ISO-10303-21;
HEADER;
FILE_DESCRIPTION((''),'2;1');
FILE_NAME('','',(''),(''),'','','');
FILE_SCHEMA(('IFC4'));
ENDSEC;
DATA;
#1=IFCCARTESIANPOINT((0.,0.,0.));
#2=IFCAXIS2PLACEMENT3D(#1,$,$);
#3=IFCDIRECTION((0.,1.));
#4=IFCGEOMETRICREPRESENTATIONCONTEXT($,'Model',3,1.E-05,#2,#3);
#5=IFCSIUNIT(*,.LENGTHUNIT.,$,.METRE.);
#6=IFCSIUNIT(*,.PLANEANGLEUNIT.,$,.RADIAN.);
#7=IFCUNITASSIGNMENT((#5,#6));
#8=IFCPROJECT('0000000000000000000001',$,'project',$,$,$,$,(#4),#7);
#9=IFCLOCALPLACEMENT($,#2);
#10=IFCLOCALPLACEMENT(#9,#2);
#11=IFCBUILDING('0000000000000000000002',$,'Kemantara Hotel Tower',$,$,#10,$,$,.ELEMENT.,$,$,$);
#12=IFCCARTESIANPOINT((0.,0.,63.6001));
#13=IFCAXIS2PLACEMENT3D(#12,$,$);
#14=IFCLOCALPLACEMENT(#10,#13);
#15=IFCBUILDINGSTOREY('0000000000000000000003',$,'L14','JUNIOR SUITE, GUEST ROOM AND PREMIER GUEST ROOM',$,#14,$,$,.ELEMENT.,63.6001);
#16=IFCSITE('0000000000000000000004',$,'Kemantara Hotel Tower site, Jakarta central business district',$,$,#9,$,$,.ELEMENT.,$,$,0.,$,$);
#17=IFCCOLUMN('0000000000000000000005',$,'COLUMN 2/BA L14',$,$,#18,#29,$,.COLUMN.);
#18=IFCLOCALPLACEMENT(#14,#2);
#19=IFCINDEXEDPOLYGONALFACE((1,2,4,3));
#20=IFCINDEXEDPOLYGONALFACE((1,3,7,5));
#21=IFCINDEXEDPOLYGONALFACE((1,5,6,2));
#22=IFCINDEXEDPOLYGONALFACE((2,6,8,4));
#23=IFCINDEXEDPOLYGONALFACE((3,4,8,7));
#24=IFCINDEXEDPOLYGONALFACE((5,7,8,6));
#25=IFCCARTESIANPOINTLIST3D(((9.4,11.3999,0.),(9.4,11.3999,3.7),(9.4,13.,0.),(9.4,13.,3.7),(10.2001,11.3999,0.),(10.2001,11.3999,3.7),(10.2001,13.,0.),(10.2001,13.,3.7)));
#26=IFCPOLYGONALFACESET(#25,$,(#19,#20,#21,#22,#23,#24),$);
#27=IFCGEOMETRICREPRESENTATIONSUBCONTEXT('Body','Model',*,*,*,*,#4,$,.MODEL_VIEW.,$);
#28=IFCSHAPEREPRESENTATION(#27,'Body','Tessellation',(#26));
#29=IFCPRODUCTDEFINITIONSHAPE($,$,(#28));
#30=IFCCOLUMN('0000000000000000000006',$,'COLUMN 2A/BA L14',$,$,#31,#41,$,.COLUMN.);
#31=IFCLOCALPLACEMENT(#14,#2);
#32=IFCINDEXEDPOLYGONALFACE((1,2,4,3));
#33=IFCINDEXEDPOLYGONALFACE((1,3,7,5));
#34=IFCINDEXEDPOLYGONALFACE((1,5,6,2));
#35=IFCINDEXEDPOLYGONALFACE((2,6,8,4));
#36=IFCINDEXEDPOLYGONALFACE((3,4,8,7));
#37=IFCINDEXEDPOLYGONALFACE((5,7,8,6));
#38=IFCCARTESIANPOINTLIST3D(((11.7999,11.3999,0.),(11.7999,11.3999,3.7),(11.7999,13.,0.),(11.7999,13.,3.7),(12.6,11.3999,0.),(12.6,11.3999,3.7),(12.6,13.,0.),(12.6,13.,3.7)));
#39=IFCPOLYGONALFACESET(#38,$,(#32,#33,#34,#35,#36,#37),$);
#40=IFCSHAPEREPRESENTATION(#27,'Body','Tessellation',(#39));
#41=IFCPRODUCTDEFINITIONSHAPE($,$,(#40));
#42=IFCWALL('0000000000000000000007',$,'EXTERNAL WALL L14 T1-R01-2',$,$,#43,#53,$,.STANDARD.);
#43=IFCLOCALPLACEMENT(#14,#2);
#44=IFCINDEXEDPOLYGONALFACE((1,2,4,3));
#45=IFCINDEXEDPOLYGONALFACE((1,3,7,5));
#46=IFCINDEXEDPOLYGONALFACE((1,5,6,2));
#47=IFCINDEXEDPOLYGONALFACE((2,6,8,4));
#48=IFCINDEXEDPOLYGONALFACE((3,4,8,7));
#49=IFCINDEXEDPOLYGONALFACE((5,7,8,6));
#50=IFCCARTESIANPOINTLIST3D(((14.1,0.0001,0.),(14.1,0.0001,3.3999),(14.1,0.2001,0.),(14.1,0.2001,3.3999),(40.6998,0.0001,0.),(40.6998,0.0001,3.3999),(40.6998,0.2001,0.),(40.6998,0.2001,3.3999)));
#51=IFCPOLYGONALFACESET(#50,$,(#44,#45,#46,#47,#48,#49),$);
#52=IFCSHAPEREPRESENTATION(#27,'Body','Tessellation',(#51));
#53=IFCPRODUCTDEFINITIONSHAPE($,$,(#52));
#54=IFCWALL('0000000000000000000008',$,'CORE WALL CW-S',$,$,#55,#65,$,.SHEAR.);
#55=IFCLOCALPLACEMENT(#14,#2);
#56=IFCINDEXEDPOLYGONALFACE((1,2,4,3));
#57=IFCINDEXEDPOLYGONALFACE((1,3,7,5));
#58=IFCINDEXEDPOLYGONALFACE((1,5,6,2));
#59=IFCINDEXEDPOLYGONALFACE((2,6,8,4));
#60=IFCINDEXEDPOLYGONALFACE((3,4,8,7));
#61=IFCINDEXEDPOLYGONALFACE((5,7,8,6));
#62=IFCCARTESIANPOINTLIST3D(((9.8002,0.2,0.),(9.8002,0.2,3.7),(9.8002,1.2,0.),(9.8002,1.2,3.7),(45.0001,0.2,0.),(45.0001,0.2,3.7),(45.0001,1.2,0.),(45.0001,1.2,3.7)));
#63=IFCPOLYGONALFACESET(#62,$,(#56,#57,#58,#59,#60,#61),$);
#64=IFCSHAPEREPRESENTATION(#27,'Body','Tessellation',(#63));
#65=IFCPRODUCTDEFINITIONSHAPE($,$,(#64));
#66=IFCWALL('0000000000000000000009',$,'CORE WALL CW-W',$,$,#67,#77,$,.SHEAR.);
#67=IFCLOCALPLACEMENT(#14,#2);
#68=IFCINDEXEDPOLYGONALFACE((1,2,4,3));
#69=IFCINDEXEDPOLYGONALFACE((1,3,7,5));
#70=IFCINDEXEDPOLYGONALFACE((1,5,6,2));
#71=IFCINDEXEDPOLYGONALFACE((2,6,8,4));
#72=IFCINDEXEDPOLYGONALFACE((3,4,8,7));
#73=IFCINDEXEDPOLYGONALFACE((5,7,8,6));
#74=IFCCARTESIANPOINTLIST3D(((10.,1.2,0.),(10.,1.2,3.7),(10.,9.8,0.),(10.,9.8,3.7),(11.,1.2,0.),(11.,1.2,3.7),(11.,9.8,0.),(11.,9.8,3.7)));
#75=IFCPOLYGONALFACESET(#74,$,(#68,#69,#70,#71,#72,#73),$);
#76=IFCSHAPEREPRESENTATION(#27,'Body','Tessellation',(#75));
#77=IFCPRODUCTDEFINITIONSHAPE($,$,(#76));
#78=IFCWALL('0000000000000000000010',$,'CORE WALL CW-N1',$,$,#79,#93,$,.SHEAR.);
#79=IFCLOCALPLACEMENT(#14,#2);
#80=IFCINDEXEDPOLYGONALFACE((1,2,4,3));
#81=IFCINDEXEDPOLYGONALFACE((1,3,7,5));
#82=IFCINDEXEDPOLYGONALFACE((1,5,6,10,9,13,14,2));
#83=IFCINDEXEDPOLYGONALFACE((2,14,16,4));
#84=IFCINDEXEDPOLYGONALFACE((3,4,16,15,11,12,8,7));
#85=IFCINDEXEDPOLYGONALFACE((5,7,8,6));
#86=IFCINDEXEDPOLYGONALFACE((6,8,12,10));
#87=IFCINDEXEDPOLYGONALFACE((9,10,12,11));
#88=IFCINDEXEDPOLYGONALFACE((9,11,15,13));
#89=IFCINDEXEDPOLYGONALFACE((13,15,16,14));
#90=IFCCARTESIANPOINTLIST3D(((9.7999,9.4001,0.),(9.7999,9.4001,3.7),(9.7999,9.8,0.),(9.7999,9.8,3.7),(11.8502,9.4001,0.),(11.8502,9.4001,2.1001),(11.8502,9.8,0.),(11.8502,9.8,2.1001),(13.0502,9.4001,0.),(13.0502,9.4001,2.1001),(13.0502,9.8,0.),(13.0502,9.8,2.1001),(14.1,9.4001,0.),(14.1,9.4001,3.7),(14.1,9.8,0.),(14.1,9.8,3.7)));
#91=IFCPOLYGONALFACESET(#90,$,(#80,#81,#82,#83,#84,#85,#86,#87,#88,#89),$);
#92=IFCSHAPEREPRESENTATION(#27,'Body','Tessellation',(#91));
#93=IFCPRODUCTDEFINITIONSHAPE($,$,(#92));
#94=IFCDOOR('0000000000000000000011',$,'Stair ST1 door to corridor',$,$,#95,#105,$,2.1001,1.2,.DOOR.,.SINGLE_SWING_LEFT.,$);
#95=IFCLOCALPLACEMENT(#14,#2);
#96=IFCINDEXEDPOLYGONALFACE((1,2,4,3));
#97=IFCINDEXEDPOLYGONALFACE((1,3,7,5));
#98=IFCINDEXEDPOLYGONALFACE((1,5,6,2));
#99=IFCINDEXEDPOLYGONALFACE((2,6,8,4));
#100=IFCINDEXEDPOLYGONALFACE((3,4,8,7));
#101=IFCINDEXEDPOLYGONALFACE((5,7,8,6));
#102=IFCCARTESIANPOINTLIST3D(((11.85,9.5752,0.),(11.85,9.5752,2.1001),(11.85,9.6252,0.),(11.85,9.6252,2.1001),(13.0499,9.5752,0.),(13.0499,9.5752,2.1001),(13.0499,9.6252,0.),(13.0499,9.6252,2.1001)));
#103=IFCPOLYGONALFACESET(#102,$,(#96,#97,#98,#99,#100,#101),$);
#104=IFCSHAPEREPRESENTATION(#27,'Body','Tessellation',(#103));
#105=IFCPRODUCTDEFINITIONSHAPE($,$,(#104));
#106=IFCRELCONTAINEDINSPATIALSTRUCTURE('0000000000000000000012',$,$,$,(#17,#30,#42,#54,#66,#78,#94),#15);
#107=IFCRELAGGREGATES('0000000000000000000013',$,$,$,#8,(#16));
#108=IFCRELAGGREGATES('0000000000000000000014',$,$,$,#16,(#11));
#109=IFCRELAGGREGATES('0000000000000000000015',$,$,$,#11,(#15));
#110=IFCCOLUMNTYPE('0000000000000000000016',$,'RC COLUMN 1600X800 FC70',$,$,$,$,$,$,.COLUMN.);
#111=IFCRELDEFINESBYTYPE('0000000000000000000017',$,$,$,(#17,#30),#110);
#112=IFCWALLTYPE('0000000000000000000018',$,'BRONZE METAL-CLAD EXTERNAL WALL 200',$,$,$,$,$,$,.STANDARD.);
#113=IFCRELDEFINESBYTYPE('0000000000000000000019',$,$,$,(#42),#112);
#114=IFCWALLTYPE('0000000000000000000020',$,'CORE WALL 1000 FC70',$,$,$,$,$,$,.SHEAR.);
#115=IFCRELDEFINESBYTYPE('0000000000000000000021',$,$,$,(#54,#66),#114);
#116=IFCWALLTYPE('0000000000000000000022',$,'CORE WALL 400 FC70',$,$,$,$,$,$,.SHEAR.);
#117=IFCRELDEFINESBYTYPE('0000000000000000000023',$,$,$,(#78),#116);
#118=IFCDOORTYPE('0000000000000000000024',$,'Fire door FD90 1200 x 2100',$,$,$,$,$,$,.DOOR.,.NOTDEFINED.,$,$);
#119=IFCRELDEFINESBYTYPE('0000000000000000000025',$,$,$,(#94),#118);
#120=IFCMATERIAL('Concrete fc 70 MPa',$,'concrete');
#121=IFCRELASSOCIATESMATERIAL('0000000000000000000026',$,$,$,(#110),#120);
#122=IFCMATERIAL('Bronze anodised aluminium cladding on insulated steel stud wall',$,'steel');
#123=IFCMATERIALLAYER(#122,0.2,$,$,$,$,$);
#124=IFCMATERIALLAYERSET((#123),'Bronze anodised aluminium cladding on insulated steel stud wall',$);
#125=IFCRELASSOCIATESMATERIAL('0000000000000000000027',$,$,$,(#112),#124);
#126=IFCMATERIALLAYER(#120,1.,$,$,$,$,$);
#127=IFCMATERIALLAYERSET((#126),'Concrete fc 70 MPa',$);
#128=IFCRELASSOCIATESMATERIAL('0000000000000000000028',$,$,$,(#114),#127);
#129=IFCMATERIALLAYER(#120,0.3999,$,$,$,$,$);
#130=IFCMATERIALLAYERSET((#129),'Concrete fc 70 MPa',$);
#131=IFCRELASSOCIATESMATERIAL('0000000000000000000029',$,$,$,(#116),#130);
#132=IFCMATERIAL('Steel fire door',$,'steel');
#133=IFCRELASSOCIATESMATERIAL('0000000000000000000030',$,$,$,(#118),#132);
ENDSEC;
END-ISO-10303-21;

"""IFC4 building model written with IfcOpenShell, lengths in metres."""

from ifc_helpers import new_model, si_unit, direction, frame, frame_2d, origin, origin_2d, place, context, subcontext, project, spatial, rectangle, extrude, material, layer, layer_set, material_profile, profile_set, type_object, element, fill, save


model = new_model("IFC4")

# Units and contexts
model_context = context("Model", 3, precision=1e-05, world=origin(), true_north=direction((0.0, 1.0)))
body_context = subcontext(model_context, "Body", "Model", "MODEL_VIEW")
ifc_project = project(units=[si_unit("LENGTHUNIT", "METRE"), si_unit("PLANEANGLEUNIT", "RADIAN")], contexts=[model_context])

# Site, building, storey
site_placement = place(None, origin())
site = spatial("IfcSite", under=ifc_project, at=site_placement, Name="Kemantara Hotel Tower site, Jakarta central business district", CompositionType="ELEMENT", RefElevation=0.0)
building_placement = place(site_placement, origin())
building = spatial("IfcBuilding", under=site, at=building_placement, Name="Kemantara Hotel Tower", CompositionType="ELEMENT")
storey_placement = place(building_placement, frame((0.0, 0.0, 63.6001)))
storey = spatial("IfcBuildingStorey", under=building, at=storey_placement, Name="L14", Description="JUNIOR SUITE, GUEST ROOM AND PREMIER GUEST ROOM", CompositionType="ELEMENT", Elevation=63.6001)

# Columns
ifc_material_1 = material(Name="Concrete fc 70 MPa", Category="concrete")
ifc_material_profile = material_profile(ifc_material_1, rectangle(XDim=1.6001, YDim=0.8, at=origin_2d()), Name="RC 1600X800")
ifc_profile_set = profile_set([ifc_material_profile], Name="Concrete fc 70 MPa")
column_type = type_object("IfcColumnType", Name="RC COLUMN 1600X800 FC70", PredefinedType="COLUMN", material=ifc_profile_set)
for number, where, z_axis, x_axis, name in (
    (1, (9.8, 12.2, 0.0), (0.0, 0.0, 1.0), (0.0, 1.0, 0.0), "COLUMN 2/BA L14"),
    (2, (12.2, 12.2, 0.0), (0.0, 0.0, 1.0), (0.0, 1.0, 0.0), "COLUMN 2A/BA L14"),
):
    element("IfcColumn", number, at=place(storey_placement, frame(where, z_axis=z_axis, x_axis=x_axis)), inside=storey, type_object=column_type, Name=name, PredefinedType="COLUMN", context=body_context, shape_type="SweptSolid", body=[
        extrude(rectangle(XDim=1.6001, YDim=0.8, at=origin_2d()), origin(), (0.0, 0.0, 1.0), 3.7),
    ])

# Walls
ifc_material_2 = material(Name="Bronze anodised aluminium cladding on insulated steel stud wall", Category="steel")
ifc_layer_1 = layer(ifc_material_2, 0.2)
ifc_layer_set_1 = layer_set([ifc_layer_1], Name="Bronze anodised aluminium cladding on insulated steel stud wall")
wall_type_1 = type_object("IfcWallType", Name="BRONZE METAL-CLAD EXTERNAL WALL 200", PredefinedType="STANDARD", material=ifc_layer_set_1)
wall_1_placement = place(storey_placement, frame((14.1001, 0.1001, 0.0), z_axis=(0.0, 0.0, 1.0), x_axis=(1.0, 0.0, 0.0)))
element("IfcWall", 3, at=wall_1_placement, inside=storey, type_object=wall_type_1, Name="EXTERNAL WALL L14 T1-R01-2", PredefinedType="STANDARD", context=body_context, shape_type="SweptSolid", body=[
    extrude(rectangle(XDim=26.5999, YDim=0.2, at=frame_2d((13.2998, 0.0))), origin(), (0.0, 0.0, 1.0), 3.3999),
])
ifc_layer_2 = layer(ifc_material_1, 1.0)
ifc_layer_set_2 = layer_set([ifc_layer_2], Name="Concrete fc 70 MPa")
wall_type_2 = type_object("IfcWallType", Name="CORE WALL 1000 FC70", PredefinedType="SHEAR", material=ifc_layer_set_2)
wall_2_placement = place(storey_placement, frame((9.8, 0.7, 0.0), z_axis=(0.0, 0.0, 1.0), x_axis=(1.0, 0.0, 0.0)))
element("IfcWall", 4, at=wall_2_placement, inside=storey, type_object=wall_type_2, Name="CORE WALL CW-S", PredefinedType="SHEAR", context=body_context, shape_type="SweptSolid", body=[
    extrude(rectangle(XDim=35.2, YDim=1.0, at=frame_2d((17.6001, 0.0))), origin(), (0.0, 0.0, 1.0), 3.7),
])
wall_3_placement = place(storey_placement, frame((10.5, 1.2, 0.0), z_axis=(0.0, 0.0, 1.0), x_axis=(0.0, 1.0, 0.0)))
element("IfcWall", 5, at=wall_3_placement, inside=storey, type_object=wall_type_2, Name="CORE WALL CW-W", PredefinedType="SHEAR", context=body_context, shape_type="SweptSolid", body=[
    extrude(rectangle(XDim=8.6001, YDim=1.0, at=frame_2d((4.3, 0.0))), origin(), (0.0, 0.0, 1.0), 3.7),
])

# Wall, opening, door
ifc_layer_3 = layer(ifc_material_1, 0.3999)
ifc_layer_set_3 = layer_set([ifc_layer_3], Name="Concrete fc 70 MPa")
wall_type_3 = type_object("IfcWallType", Name="CORE WALL 400 FC70", PredefinedType="SHEAR", material=ifc_layer_set_3)
wall_4_placement = place(storey_placement, frame((9.8, 9.6001, 0.0), z_axis=(0.0, 0.0, 1.0), x_axis=(1.0, 0.0, 0.0)))
wall_4 = element("IfcWall", 6, at=wall_4_placement, inside=storey, type_object=wall_type_3, Name="CORE WALL CW-N1", PredefinedType="SHEAR", context=body_context, shape_type="SweptSolid", body=[
    extrude(rectangle(XDim=4.3, YDim=0.3999, at=frame_2d((2.1499, 0.0))), origin(), (0.0, 0.0, 1.0), 3.7),
])
opening_1_placement = place(wall_4_placement, frame((2.05, 0.0, 0.0)))
opening_1 = element("IfcOpeningElement", 7, at=opening_1_placement, cuts=wall_4, PredefinedType="OPENING", context=body_context, shape_type="SweptSolid", body=[
    extrude(rectangle(XDim=1.2, YDim=2.1001, at=frame_2d((0.6001, 1.05))), frame((0.0, 0.21, 0.0), z_axis=(0.0, -1.0, 0.0), x_axis=(1.0, 0.0, 0.0)), (0.0, 0.0, 1.0), 0.4199),
])
ifc_material_3 = material(Name="Steel fire door", Category="steel")
door_type_1 = type_object("IfcDoorType", Name="Fire door FD90 1200 x 2100", OperationType="NOTDEFINED", PredefinedType="DOOR", material=ifc_material_3)
door_1_placement = place(opening_1_placement, frame((1.2, 0.0, 0.0), z_axis=(0.0, 0.0, 1.0), x_axis=(-1.0, 0.0, 0.0)))
door_1 = element("IfcDoor", 8, at=door_1_placement, inside=storey, type_object=door_type_1, Name="Stair ST1 door to corridor", OperationType="SINGLE_SWING_LEFT", OverallHeight=2.1001, OverallWidth=1.2, PredefinedType="DOOR", context=body_context, shape_type="SweptSolid", body=[
    extrude(rectangle(XDim=1.2, YDim=2.1001, at=frame_2d((0.6001, 1.05))), frame((0.0, 0.0249, 0.0), z_axis=(0.0, -1.0, 0.0), x_axis=(1.0, 0.0, 0.0)), (0.0, 0.0, 1.0), 0.05),
])
fill(opening_1, door_1)

save(model, "model.ifc")
